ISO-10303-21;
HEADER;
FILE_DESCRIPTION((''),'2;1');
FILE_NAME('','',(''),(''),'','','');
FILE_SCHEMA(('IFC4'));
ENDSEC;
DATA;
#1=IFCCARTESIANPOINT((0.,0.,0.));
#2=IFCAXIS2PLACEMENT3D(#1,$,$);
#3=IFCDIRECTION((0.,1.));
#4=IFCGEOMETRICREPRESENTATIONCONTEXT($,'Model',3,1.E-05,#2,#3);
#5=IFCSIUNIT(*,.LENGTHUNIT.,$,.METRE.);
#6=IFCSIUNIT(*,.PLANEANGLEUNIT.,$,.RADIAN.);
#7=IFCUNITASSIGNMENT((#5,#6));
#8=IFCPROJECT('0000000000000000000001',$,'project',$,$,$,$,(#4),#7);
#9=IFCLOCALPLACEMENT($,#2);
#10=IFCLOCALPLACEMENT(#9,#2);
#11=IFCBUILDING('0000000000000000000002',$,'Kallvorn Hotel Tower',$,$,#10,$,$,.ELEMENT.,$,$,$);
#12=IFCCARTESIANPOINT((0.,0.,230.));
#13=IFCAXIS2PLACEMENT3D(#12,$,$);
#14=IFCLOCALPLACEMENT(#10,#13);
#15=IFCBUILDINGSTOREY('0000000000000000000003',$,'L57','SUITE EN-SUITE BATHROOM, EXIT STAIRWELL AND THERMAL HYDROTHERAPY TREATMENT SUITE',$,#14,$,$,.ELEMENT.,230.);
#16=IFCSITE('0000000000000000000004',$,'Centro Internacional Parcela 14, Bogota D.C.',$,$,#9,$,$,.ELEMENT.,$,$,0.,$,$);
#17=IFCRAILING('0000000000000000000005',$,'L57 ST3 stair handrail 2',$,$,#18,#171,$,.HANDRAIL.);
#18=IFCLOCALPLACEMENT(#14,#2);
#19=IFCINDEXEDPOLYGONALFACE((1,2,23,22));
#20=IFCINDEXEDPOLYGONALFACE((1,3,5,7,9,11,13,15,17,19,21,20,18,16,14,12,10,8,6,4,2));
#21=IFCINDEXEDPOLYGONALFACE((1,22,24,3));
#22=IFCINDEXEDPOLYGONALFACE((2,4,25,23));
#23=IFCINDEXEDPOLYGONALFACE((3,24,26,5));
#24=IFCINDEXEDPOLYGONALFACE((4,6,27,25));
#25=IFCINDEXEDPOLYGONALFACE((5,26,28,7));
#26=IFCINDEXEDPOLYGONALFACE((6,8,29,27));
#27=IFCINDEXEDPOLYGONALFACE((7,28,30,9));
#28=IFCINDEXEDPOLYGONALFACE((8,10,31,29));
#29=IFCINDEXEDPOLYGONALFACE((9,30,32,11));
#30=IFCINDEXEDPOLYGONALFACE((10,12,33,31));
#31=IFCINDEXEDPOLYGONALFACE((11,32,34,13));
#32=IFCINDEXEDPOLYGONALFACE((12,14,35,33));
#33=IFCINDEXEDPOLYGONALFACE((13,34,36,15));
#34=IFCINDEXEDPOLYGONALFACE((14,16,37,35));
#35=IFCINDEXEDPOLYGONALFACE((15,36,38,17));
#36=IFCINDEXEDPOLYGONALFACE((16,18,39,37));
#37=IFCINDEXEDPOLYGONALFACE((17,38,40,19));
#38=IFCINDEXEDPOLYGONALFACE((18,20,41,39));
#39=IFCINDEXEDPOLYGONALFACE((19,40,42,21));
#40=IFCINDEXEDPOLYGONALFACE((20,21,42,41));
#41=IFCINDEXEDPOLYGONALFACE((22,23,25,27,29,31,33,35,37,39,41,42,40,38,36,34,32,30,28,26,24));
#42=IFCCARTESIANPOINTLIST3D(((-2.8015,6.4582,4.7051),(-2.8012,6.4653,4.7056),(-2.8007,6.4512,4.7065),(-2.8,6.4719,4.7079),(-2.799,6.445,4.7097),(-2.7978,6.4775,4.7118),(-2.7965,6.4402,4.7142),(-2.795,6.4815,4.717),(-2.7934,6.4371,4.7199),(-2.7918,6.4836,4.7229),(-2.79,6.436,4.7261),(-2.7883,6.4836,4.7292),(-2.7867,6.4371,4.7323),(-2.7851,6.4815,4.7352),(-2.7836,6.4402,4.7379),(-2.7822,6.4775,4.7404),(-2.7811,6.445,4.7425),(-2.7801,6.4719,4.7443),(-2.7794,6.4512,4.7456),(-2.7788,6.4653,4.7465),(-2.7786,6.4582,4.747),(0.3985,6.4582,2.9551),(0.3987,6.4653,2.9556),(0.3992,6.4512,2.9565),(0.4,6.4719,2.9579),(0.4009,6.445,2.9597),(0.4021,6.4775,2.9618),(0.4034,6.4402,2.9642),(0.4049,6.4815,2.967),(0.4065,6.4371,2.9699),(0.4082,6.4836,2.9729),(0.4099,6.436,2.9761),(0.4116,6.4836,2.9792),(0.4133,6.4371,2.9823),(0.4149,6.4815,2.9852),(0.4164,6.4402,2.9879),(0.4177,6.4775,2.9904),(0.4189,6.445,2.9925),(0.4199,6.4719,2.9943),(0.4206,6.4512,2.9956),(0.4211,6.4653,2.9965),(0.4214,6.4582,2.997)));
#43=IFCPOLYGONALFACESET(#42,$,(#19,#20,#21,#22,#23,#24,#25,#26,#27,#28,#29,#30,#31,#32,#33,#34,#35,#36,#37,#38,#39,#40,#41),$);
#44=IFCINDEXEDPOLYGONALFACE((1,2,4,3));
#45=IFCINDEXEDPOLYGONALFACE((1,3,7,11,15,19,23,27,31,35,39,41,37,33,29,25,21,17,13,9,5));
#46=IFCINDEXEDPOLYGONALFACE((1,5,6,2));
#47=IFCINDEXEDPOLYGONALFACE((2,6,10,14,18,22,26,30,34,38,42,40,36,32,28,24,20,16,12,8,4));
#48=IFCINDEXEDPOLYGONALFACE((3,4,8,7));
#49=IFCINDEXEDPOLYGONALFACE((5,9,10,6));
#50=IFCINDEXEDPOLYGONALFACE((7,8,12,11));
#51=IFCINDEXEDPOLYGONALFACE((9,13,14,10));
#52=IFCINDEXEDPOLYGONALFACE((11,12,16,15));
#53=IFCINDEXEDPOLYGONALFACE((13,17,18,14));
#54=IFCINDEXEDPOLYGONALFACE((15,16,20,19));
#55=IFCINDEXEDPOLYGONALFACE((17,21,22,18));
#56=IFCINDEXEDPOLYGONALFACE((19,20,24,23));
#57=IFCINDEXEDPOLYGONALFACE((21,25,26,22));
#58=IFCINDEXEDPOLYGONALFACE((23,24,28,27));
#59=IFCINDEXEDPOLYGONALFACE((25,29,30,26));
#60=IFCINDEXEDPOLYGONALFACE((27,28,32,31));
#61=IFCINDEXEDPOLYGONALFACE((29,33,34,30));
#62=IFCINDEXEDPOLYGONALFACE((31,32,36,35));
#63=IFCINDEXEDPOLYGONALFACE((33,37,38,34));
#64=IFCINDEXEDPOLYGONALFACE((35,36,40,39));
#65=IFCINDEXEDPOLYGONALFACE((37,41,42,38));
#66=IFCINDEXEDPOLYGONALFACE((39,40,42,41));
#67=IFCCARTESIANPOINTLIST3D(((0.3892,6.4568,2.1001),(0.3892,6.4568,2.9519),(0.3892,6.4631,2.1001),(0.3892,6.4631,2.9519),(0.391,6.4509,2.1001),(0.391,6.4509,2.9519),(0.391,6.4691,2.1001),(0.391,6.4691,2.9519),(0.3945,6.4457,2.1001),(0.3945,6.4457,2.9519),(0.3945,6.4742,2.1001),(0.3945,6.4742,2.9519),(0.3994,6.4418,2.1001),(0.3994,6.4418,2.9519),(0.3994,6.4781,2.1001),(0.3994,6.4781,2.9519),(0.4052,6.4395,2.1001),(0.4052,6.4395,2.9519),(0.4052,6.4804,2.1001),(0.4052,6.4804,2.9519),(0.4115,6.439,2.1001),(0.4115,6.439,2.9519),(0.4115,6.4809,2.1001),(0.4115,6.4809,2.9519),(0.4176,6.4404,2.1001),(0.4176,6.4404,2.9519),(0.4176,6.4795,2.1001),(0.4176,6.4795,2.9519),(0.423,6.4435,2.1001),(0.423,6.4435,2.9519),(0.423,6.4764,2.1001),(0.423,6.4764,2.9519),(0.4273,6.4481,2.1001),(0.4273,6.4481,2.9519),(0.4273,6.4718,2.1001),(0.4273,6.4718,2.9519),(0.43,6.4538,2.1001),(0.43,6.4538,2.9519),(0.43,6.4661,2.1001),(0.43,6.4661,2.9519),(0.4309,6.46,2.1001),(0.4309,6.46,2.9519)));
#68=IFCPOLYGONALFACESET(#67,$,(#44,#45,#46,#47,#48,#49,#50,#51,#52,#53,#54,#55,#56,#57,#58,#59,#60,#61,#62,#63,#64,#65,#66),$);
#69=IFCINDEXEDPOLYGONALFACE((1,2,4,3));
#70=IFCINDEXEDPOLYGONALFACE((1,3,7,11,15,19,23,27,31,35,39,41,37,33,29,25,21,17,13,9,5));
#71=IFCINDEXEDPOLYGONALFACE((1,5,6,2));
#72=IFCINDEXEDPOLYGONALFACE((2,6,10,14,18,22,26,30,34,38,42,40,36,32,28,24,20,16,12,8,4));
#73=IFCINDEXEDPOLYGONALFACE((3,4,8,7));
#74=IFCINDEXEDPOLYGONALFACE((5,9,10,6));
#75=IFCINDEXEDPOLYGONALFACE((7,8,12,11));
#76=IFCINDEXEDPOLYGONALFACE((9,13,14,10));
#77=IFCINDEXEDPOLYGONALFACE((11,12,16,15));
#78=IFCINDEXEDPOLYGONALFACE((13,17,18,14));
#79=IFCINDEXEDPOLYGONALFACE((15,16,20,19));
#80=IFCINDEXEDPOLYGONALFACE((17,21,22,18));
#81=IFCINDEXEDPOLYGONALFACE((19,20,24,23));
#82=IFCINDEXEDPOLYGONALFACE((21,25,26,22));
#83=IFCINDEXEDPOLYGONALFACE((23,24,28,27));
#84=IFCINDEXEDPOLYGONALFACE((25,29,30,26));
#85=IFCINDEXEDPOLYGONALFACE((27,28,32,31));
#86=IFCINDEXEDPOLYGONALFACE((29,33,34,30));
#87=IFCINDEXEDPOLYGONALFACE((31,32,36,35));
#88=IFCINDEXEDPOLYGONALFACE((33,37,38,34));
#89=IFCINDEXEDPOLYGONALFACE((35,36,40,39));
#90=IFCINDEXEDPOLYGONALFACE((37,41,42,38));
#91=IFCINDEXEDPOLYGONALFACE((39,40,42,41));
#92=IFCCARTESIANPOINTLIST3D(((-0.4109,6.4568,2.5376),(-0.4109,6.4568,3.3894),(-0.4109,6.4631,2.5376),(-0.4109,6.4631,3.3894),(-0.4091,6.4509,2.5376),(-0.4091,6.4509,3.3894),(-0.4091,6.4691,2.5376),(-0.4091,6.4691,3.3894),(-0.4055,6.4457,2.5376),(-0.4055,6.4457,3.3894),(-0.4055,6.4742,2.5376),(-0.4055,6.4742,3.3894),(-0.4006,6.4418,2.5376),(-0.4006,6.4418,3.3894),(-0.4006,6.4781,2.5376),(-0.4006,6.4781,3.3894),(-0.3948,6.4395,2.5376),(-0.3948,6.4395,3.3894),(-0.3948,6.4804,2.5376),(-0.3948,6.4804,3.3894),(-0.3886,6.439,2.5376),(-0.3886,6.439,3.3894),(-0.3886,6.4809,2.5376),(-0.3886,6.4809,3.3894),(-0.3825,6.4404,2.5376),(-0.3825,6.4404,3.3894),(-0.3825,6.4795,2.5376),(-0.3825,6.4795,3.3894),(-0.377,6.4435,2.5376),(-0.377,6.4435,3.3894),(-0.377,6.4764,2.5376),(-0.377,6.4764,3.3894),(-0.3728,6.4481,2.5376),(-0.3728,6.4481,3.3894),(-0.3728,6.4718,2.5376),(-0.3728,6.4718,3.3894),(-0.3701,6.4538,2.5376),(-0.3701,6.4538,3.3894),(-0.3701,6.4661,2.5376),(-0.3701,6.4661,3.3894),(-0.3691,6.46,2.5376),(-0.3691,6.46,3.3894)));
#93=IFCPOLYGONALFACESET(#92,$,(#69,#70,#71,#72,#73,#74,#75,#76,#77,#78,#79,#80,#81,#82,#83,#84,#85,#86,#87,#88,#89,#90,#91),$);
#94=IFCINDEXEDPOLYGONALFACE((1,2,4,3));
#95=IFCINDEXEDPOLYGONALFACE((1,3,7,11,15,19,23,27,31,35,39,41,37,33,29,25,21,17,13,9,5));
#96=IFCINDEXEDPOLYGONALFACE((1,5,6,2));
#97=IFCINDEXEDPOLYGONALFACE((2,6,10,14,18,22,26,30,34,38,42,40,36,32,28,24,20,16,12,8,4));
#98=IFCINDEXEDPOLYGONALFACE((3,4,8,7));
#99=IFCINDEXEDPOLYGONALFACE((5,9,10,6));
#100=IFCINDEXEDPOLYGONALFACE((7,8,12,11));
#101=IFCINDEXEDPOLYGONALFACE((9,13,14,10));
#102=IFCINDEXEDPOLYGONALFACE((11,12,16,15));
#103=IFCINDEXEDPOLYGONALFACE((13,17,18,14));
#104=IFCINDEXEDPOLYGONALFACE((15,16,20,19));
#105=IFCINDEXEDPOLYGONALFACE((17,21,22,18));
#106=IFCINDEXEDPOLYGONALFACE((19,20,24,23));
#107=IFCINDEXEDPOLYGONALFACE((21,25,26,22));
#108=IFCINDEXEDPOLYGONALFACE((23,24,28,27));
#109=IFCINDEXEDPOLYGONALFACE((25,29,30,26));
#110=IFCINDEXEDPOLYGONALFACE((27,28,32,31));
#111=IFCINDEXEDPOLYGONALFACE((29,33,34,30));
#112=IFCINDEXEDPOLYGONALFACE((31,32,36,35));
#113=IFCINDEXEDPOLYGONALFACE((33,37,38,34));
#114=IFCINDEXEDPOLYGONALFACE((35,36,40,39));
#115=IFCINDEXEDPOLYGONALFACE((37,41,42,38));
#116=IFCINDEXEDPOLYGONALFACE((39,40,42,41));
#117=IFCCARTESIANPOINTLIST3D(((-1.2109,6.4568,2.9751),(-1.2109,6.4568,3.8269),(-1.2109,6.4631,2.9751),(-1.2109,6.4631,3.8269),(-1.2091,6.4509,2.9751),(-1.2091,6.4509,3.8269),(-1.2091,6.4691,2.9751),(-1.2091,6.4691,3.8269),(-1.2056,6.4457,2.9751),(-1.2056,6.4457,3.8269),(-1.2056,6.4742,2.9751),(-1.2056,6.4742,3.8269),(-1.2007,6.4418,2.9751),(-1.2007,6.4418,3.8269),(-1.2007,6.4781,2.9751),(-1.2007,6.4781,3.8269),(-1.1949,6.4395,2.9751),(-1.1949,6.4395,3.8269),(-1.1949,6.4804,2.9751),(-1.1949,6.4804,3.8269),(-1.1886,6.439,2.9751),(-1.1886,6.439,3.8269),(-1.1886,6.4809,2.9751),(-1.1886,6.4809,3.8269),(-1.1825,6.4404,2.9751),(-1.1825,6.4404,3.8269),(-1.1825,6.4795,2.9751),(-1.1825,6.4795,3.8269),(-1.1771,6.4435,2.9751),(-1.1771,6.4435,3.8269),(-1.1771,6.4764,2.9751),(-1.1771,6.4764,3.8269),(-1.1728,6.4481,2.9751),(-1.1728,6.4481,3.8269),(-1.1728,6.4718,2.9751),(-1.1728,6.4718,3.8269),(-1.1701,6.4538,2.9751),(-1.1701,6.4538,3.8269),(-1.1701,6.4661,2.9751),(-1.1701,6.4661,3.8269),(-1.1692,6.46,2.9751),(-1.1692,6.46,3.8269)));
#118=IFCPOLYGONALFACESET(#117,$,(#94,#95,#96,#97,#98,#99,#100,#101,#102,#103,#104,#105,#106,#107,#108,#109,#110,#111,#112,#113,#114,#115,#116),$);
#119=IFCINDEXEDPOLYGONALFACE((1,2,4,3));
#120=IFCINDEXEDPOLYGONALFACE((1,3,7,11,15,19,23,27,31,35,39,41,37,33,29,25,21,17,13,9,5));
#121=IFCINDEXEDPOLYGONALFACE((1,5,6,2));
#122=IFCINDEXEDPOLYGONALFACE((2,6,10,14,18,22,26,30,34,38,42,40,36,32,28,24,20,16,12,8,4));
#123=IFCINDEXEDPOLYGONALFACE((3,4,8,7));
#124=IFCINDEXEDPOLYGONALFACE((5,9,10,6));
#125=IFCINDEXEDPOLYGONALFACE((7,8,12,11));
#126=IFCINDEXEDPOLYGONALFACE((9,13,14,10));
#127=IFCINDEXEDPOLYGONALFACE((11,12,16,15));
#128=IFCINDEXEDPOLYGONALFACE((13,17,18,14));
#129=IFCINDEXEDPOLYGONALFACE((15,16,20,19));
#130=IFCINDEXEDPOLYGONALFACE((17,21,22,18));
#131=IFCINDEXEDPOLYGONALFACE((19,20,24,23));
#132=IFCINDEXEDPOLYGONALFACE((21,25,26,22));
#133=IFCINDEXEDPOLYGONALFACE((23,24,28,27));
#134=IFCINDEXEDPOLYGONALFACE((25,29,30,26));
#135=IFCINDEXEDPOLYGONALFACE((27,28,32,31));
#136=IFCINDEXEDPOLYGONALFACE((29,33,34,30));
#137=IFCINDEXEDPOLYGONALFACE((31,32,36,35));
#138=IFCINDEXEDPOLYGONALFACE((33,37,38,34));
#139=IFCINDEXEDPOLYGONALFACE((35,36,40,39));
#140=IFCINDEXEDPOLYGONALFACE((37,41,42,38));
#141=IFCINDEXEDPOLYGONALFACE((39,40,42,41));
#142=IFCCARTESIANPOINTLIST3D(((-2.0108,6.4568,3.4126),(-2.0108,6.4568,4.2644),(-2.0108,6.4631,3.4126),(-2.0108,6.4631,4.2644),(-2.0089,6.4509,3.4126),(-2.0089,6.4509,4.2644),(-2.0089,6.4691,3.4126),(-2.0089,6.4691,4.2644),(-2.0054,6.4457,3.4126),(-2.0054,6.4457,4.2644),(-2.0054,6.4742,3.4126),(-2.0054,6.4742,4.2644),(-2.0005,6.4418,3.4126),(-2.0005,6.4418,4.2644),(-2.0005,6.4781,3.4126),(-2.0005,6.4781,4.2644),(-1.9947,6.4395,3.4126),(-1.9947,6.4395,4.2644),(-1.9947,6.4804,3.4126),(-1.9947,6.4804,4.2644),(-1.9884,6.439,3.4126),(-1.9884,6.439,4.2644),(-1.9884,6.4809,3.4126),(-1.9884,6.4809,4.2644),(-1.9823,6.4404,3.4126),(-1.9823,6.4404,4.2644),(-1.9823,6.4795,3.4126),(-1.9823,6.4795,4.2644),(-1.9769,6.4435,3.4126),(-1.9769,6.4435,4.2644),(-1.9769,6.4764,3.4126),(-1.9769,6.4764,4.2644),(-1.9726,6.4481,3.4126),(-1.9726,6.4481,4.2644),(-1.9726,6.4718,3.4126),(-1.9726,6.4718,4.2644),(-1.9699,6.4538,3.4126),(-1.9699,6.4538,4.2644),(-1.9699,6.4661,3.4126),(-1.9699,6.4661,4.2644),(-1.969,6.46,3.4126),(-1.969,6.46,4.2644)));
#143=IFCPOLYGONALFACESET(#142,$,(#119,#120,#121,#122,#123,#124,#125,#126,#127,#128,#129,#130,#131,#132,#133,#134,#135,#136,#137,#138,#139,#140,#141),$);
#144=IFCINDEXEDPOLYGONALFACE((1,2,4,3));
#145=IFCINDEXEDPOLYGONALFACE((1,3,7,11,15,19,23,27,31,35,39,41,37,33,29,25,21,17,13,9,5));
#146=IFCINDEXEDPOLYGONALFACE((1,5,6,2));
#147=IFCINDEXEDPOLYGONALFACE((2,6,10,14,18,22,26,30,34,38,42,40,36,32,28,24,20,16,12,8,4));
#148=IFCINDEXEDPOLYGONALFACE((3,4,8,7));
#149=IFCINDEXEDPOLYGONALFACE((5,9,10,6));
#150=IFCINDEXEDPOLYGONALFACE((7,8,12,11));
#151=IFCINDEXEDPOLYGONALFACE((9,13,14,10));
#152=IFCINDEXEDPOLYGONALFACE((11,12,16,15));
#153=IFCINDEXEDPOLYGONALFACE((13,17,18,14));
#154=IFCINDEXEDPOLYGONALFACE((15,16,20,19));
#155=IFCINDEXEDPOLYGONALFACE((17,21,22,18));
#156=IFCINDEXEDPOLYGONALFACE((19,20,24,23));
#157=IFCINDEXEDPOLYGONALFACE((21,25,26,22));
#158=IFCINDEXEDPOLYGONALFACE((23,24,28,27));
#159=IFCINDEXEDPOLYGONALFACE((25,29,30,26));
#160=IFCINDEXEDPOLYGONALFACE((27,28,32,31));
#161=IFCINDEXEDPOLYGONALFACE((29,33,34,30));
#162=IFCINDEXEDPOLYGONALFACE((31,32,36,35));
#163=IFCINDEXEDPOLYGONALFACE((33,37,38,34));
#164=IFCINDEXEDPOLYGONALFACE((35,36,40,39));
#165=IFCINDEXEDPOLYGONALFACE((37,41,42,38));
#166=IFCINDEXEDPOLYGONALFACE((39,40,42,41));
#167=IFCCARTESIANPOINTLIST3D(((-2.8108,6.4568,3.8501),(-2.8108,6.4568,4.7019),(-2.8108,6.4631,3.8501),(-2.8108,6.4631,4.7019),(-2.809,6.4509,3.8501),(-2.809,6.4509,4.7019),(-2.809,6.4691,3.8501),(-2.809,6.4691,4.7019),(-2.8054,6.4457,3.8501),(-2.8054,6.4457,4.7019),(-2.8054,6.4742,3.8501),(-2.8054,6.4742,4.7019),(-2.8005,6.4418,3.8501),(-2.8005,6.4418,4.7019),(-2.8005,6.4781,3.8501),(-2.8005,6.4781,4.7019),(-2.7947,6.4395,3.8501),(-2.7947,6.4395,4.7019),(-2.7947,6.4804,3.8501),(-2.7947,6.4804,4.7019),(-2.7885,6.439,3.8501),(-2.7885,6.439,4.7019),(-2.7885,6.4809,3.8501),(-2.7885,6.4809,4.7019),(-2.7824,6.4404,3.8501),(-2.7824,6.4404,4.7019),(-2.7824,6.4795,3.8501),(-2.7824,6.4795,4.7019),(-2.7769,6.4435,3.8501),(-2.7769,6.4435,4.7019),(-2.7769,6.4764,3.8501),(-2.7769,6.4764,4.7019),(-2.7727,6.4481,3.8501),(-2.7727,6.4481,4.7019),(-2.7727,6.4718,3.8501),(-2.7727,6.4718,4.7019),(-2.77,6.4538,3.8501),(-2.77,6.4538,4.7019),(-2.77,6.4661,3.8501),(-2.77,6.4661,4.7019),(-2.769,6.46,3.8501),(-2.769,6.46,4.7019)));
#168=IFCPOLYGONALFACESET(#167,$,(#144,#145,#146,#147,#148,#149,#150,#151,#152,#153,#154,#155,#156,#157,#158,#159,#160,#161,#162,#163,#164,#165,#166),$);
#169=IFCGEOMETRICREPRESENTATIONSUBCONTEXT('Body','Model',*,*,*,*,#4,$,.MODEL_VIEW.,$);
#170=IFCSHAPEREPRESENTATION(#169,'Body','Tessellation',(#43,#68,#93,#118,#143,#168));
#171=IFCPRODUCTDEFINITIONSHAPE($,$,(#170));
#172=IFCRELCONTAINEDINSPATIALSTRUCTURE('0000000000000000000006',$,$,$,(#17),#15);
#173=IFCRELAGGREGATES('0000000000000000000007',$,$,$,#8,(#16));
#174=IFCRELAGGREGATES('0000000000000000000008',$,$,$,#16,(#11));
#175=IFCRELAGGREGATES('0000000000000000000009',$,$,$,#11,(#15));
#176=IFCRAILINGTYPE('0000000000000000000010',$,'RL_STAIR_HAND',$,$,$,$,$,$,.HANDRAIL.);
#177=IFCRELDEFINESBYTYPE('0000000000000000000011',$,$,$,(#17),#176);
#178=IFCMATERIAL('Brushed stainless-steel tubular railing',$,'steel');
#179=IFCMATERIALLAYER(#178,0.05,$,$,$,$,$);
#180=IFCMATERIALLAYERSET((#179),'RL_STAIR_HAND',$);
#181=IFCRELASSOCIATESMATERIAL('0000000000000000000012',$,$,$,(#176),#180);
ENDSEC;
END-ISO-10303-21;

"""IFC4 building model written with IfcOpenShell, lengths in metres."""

from ifc_helpers import new_model, si_unit, direction, frame, origin, origin_2d, place, context, subcontext, project, spatial, circle, extrude, material, layer, layer_set, type_object, element, save


model = new_model("IFC4")

# Units and contexts
model_context = context("Model", 3, precision=1e-05, world=origin(), true_north=direction((0.0, 1.0)))
body_context = subcontext(model_context, "Body", "Model", "MODEL_VIEW")
ifc_project = project(units=[si_unit("LENGTHUNIT", "METRE"), si_unit("PLANEANGLEUNIT", "RADIAN")], contexts=[model_context])

# Site, building, storey
site_placement = place(None, origin())
site = spatial("IfcSite", under=ifc_project, at=site_placement, Name="Centro Internacional Parcela 14, Bogota D.C.", CompositionType="ELEMENT", RefElevation=0.0)
building_placement = place(site_placement, origin())
building = spatial("IfcBuilding", under=site, at=building_placement, Name="Kallvorn Hotel Tower", CompositionType="ELEMENT")
storey_placement = place(building_placement, frame((0.0, 0.0, 230.0)))
storey = spatial("IfcBuildingStorey", under=building, at=storey_placement, Name="L57", Description="SUITE EN-SUITE BATHROOM, EXIT STAIRWELL AND THERMAL HYDROTHERAPY TREATMENT SUITE", CompositionType="ELEMENT", Elevation=230.0)

# Railing
ifc_material_1 = material(Name="Brushed stainless-steel tubular railing", Category="steel")
ifc_layer_1 = layer(ifc_material_1, 0.05)
ifc_layer_set_1 = layer_set([ifc_layer_1], Name="RL_STAIR_HAND")
railing_type_1 = type_object("IfcRailingType", Name="RL_STAIR_HAND", PredefinedType="HANDRAIL", material=ifc_layer_set_1)
railing_1_placement = place(storey_placement, frame((0.4099, 6.46, 2.1001)))
element("IfcRailing", 1, at=railing_1_placement, inside=storey, type_object=railing_type_1, Name="L57 ST3 stair handrail 2", PredefinedType="HANDRAIL", context=body_context, shape_type="SweptSolid", body=[
    extrude(circle(Radius=0.0239, at=origin_2d()), frame((0.0, 0.0, 0.876), z_axis=(-0.877368, 0.0, 0.479818), x_axis=(0.0, -1.0, 0.0)), (0.0, 0.0, 1.0), 3.6472),
    extrude(circle(Radius=0.021, at=origin_2d()), origin(), (0.0, 0.0, 1.0), 0.8518),
    extrude(circle(Radius=0.021, at=origin_2d()), frame((-0.8, 0.0, 0.4375)), (0.0, 0.0, 1.0), 0.8518),
    extrude(circle(Radius=0.021, at=origin_2d()), frame((-1.6001, 0.0, 0.875)), (0.0, 0.0, 1.0), 0.8518),
    extrude(circle(Radius=0.021, at=origin_2d()), frame((-2.3999, 0.0, 1.3125)), (0.0, 0.0, 1.0), 0.8518),
    extrude(circle(Radius=0.021, at=origin_2d()), frame((-3.2, 0.0, 1.75)), (0.0, 0.0, 1.0), 0.8518),
])

save(model, "model.ifc")
